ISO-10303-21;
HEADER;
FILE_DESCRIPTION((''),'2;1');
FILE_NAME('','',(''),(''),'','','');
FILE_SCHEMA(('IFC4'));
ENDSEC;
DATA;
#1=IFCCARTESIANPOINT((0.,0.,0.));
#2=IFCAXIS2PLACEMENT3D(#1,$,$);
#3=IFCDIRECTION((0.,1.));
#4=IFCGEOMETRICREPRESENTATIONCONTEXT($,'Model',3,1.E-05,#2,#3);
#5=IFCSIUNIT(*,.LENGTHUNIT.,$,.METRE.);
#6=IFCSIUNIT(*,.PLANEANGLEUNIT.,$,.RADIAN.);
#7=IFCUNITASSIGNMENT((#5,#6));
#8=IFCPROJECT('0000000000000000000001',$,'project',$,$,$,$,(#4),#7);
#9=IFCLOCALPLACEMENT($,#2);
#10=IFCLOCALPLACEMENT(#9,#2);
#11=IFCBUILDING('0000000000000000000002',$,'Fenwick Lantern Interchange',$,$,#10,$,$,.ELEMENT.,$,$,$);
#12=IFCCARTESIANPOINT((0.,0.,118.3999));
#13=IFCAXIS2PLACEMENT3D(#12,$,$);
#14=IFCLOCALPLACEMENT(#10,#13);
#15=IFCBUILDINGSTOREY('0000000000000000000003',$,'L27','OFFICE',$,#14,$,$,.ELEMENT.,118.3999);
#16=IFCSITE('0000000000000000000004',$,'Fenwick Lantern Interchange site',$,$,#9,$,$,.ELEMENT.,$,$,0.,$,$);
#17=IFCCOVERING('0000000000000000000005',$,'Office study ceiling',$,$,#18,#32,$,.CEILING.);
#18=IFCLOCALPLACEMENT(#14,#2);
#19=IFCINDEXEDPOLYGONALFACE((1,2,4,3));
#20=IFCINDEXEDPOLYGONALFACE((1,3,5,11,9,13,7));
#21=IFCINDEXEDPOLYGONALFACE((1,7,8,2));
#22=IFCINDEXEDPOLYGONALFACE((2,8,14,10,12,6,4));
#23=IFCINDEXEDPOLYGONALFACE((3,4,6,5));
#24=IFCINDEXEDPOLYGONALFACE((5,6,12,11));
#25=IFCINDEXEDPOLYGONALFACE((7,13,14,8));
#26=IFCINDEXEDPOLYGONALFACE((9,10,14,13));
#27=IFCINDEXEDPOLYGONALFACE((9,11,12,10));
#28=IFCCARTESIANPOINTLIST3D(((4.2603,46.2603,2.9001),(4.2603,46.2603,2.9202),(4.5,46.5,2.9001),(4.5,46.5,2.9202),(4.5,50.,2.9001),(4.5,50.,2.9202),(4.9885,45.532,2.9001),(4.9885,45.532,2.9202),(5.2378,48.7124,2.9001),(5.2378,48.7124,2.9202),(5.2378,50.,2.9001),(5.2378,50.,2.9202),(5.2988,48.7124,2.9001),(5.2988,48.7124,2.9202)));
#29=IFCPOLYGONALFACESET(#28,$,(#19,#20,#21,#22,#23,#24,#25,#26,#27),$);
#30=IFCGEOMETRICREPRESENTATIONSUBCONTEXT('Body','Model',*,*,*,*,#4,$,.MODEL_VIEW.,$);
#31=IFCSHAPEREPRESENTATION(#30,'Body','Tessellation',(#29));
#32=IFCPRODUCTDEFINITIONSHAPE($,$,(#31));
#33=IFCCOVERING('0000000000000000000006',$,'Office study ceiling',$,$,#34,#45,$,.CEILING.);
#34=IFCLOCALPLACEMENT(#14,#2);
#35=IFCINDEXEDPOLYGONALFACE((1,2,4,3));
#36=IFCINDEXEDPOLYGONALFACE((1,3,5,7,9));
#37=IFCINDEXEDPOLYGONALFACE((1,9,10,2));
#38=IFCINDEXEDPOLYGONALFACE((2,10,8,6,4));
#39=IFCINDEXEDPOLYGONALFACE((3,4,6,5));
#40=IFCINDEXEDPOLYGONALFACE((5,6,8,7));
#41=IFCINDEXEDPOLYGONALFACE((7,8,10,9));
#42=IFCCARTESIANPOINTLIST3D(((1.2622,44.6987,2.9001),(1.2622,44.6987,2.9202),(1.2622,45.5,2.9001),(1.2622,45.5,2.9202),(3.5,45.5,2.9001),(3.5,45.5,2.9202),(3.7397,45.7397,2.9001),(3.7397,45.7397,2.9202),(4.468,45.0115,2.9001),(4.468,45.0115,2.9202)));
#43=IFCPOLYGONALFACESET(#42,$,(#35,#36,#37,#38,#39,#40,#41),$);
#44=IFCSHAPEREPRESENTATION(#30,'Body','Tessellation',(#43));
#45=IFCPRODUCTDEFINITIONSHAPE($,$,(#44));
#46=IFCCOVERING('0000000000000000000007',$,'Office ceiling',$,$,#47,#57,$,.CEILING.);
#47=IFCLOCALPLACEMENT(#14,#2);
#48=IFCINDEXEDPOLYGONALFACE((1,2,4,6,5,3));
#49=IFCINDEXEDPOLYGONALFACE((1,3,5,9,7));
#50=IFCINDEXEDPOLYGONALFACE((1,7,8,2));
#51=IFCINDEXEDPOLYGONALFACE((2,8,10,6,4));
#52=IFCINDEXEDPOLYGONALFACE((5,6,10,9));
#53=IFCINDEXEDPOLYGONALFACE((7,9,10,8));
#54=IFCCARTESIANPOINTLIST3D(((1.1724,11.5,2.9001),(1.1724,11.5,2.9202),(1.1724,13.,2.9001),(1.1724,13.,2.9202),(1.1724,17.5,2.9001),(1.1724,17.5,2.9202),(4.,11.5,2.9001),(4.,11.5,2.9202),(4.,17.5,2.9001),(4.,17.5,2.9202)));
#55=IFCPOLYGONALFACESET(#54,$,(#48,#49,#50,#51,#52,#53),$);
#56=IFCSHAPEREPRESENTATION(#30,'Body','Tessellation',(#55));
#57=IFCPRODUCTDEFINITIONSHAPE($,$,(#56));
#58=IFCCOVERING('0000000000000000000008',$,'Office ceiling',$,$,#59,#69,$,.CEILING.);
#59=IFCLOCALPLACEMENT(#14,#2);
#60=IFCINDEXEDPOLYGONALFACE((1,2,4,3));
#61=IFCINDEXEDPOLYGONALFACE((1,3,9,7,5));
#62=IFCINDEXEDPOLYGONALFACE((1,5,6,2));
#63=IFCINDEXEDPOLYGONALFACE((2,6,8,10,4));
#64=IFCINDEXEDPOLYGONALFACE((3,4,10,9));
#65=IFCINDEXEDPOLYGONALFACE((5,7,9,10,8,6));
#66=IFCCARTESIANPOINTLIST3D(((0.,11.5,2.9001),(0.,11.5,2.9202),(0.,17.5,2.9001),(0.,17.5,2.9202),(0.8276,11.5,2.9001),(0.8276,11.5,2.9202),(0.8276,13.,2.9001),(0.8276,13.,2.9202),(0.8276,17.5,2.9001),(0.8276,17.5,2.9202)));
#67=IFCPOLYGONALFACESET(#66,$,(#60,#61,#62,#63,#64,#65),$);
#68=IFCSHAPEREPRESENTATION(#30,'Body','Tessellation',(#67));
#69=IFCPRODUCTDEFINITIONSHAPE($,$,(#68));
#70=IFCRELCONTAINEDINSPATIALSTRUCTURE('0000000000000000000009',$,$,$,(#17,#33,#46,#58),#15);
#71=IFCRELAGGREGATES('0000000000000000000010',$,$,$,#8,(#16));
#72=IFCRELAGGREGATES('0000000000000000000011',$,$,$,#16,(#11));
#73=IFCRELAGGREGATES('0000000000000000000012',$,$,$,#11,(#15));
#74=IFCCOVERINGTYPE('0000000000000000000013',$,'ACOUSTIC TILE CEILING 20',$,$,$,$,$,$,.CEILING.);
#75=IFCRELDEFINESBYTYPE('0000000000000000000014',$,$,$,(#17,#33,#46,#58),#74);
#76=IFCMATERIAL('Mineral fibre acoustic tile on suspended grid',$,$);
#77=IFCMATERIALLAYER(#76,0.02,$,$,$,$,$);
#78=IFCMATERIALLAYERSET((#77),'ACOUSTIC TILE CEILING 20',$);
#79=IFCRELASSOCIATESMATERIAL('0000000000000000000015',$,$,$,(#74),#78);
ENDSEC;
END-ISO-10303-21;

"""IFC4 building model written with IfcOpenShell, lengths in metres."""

from ifc_helpers import new_model, si_unit, direction, frame, origin, place, context, subcontext, project, spatial, polyline, outline, extrude, material, layer, layer_set, type_object, element, save


model = new_model("IFC4")

# Units and contexts
model_context = context("Model", 3, precision=1e-05, world=origin(), true_north=direction((0.0, 1.0)))
body_context = subcontext(model_context, "Body", "Model", "MODEL_VIEW")
ifc_project = project(units=[si_unit("LENGTHUNIT", "METRE"), si_unit("PLANEANGLEUNIT", "RADIAN")], contexts=[model_context])

# Site, building, storey
site_placement = place(None, origin())
site = spatial("IfcSite", under=ifc_project, at=site_placement, Name="Fenwick Lantern Interchange site", CompositionType="ELEMENT", RefElevation=0.0)
building_placement = place(site_placement, origin())
building = spatial("IfcBuilding", under=site, at=building_placement, Name="Fenwick Lantern Interchange", CompositionType="ELEMENT")
storey_placement = place(building_placement, frame((0.0, 0.0, 118.3999)))
storey = spatial("IfcBuildingStorey", under=building, at=storey_placement, Name="L27", Description="OFFICE", CompositionType="ELEMENT", Elevation=118.3999)

# Coverings
ifc_material = material(Name="Mineral fibre acoustic tile on suspended grid")
ifc_layer = layer(ifc_material, 0.02)
ifc_layer_set = layer_set([ifc_layer], Name="ACOUSTIC TILE CEILING 20")
covering_type = type_object("IfcCoveringType", Name="ACOUSTIC TILE CEILING 20", PredefinedType="CEILING", material=ifc_layer_set)
covering_1_placement = place(storey_placement, frame((0.0, 0.0, 2.9001)))
element("IfcCovering", 1, at=covering_1_placement, inside=storey, type_object=covering_type, Name="Office study ceiling", PredefinedType="CEILING", context=body_context, shape_type="SweptSolid", body=[
    extrude(outline(polyline([(5.2988, 48.7124), (5.2378, 48.7124), (5.2378, 50.0), (4.5, 50.0), (4.5, 46.5), (4.2603, 46.2603), (4.9885, 45.532), (5.2988, 48.7124)])), origin(), (0.0, 0.0, 1.0), 0.02),
])
covering_2_placement = place(storey_placement, frame((0.0, 0.0, 2.9001)))
element("IfcCovering", 2, at=covering_2_placement, inside=storey, type_object=covering_type, Name="Office study ceiling", PredefinedType="CEILING", context=body_context, shape_type="SweptSolid", body=[
    extrude(outline(polyline([(1.2622, 45.5), (1.2622, 44.6987), (4.468, 45.0115), (3.7397, 45.7397), (3.5, 45.5), (1.2622, 45.5)])), origin(), (0.0, 0.0, 1.0), 0.02),
])
covering_3_placement = place(storey_placement, frame((0.0, 0.0, 2.9001)))
element("IfcCovering", 3, at=covering_3_placement, inside=storey, type_object=covering_type, Name="Office ceiling", PredefinedType="CEILING", context=body_context, shape_type="SweptSolid", body=[
    extrude(outline(polyline([(4.0, 17.5), (1.1724, 17.5), (1.1724, 13.0), (1.1724, 11.5), (4.0, 11.5), (4.0, 17.5)])), origin(), (0.0, 0.0, 1.0), 0.02),
])
covering_4_placement = place(storey_placement, frame((0.0, 0.0, 2.9001)))
element("IfcCovering", 4, at=covering_4_placement, inside=storey, type_object=covering_type, Name="Office ceiling", PredefinedType="CEILING", context=body_context, shape_type="SweptSolid", body=[
    extrude(outline(polyline([(0.0, 11.5), (0.8276, 11.5), (0.8276, 13.0), (0.8276, 17.5), (0.0, 17.5), (0.0, 11.5)])), origin(), (0.0, 0.0, 1.0), 0.02),
])

save(model, "model.ifc")
